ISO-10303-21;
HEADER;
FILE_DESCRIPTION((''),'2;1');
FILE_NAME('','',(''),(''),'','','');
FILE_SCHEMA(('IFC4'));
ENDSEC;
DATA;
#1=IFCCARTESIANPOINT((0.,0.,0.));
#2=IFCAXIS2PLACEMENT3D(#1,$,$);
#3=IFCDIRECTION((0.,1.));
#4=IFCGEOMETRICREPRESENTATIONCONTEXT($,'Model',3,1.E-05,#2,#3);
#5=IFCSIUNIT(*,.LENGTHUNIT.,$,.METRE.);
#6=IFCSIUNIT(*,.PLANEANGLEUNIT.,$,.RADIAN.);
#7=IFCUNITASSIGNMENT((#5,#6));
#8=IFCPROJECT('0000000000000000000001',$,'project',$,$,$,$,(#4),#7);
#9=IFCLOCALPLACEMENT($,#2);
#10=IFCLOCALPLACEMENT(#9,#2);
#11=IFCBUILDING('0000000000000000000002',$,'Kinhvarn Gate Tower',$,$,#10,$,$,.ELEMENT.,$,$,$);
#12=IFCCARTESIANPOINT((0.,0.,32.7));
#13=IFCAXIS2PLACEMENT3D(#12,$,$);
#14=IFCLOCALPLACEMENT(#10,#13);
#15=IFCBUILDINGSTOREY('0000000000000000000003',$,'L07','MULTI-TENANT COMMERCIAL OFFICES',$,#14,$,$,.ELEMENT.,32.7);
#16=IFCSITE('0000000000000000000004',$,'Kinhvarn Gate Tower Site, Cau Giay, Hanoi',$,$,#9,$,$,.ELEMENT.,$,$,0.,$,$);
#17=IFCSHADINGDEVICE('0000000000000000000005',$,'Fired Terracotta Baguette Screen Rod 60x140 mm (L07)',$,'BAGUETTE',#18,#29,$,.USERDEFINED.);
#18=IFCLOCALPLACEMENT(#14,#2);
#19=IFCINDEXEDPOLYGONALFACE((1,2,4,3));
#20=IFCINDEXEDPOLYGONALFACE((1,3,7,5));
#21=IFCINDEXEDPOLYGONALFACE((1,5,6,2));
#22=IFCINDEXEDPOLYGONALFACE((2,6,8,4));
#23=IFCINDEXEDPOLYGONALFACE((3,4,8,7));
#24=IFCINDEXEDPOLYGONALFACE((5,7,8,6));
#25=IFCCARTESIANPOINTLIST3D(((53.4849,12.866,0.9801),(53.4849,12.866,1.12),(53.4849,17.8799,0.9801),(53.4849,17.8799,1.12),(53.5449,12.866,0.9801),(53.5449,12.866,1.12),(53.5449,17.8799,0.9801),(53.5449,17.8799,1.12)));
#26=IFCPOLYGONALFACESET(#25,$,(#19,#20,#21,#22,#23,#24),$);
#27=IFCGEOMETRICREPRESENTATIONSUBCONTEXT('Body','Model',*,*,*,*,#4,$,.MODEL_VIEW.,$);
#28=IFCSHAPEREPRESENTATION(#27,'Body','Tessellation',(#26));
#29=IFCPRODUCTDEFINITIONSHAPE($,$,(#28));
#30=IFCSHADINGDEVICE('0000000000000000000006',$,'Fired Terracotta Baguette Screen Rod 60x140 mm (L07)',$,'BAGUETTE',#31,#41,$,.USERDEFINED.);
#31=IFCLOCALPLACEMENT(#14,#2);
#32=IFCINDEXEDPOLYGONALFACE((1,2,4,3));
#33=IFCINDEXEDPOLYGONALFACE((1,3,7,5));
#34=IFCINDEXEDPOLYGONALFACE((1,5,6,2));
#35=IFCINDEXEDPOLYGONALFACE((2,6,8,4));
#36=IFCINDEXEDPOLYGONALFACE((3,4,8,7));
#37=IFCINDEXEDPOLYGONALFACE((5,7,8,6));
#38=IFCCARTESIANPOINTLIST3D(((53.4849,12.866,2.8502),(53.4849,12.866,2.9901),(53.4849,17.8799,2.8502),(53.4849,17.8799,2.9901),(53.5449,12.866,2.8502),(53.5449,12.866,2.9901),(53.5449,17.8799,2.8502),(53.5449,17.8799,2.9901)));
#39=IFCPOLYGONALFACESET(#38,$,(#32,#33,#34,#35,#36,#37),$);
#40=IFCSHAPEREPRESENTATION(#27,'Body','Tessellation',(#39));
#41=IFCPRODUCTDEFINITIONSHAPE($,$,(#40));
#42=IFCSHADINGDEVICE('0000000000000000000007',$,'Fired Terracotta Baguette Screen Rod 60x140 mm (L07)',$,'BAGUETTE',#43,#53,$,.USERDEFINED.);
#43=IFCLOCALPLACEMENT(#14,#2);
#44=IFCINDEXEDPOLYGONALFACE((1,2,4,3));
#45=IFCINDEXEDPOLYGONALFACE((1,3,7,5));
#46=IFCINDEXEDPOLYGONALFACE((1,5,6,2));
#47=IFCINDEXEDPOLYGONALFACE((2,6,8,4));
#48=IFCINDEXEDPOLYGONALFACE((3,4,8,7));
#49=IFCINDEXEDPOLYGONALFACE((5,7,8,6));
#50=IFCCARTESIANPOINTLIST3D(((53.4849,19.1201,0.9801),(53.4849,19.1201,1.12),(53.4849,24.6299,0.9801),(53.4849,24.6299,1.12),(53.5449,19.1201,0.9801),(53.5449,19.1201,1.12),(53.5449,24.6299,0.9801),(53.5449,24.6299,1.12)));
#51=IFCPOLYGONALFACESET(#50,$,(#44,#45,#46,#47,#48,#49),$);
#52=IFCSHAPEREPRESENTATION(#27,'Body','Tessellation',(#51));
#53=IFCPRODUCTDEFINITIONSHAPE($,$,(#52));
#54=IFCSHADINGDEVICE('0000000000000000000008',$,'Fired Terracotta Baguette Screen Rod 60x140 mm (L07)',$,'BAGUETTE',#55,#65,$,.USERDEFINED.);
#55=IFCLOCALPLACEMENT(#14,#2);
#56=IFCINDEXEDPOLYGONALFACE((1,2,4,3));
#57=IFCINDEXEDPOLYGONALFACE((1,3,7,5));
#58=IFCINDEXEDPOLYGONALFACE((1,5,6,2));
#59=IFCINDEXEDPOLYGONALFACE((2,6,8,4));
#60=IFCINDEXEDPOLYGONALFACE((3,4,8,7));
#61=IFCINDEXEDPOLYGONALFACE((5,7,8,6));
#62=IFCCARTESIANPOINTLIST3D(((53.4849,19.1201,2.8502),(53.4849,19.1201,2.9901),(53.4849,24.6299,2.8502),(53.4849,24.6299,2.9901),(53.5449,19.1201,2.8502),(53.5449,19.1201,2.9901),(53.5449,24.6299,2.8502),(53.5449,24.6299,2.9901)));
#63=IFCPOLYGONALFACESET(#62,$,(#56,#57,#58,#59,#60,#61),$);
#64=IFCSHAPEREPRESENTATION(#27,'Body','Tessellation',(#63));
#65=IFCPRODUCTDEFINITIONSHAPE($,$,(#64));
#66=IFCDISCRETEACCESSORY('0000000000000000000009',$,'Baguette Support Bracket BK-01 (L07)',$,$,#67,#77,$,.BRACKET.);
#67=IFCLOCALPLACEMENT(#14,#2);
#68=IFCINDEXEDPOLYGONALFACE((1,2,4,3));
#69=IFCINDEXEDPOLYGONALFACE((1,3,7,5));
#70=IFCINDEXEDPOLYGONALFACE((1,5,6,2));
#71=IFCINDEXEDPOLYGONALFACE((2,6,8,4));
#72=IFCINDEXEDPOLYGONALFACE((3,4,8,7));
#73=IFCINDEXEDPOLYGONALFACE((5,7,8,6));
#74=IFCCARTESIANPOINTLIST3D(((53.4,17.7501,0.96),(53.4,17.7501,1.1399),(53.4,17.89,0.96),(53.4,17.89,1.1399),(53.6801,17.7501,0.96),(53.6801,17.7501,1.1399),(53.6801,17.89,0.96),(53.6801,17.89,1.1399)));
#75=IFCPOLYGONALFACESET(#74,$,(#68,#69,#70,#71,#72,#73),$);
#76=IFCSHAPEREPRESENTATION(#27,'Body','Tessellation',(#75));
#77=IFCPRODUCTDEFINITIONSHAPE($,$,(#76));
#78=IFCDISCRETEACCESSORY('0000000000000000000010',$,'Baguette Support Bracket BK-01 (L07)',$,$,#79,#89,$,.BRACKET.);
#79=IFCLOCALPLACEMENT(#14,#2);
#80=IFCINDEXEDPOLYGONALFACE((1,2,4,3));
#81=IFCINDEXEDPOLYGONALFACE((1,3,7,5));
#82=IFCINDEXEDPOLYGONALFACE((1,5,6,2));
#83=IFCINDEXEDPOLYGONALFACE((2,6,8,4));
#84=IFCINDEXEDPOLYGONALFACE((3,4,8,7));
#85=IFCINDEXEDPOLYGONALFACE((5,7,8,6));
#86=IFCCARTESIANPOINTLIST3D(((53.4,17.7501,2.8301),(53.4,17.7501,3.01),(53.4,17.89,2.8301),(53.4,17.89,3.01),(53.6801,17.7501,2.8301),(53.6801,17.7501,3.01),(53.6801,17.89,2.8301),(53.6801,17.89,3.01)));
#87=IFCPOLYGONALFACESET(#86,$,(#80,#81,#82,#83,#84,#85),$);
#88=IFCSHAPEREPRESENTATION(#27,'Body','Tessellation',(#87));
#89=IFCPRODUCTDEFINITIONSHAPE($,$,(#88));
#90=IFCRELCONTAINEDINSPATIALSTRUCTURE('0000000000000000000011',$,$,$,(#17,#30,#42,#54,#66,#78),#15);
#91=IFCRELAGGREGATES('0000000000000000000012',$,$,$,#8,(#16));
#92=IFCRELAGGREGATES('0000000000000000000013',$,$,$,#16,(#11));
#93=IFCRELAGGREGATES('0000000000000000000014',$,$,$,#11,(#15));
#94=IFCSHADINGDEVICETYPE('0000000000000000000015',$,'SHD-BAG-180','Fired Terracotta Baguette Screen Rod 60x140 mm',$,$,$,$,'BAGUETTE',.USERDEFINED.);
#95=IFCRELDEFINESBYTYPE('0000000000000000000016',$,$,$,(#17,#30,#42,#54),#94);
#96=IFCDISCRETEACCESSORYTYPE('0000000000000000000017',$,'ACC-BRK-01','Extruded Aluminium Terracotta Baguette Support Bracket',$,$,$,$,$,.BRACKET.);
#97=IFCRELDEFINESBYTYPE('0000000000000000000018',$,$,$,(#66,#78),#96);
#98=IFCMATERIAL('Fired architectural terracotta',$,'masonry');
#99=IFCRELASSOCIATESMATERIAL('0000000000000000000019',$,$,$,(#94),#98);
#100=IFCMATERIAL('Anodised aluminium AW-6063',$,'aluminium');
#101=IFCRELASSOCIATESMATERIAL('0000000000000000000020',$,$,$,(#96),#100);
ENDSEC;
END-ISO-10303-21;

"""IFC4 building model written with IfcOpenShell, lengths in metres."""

from ifc_helpers import new_model, si_unit, direction, frame, origin, origin_2d, place, context, subcontext, project, spatial, rectangle, extrude, material, material_profile, profile_set, type_object, element, save


model = new_model("IFC4")

# Units and contexts
model_context = context("Model", 3, precision=1e-05, world=origin(), true_north=direction((0.0, 1.0)))
body_context = subcontext(model_context, "Body", "Model", "MODEL_VIEW")
ifc_project = project(units=[si_unit("LENGTHUNIT", "METRE"), si_unit("PLANEANGLEUNIT", "RADIAN")], contexts=[model_context])

# Site, building, storey
site_placement = place(None, origin())
site = spatial("IfcSite", under=ifc_project, at=site_placement, Name="Kinhvarn Gate Tower Site, Cau Giay, Hanoi", CompositionType="ELEMENT", RefElevation=0.0)
building_placement = place(site_placement, origin())
building = spatial("IfcBuilding", under=site, at=building_placement, Name="Kinhvarn Gate Tower", CompositionType="ELEMENT")
storey_placement = place(building_placement, frame((0.0, 0.0, 32.7)))
storey = spatial("IfcBuildingStorey", under=building, at=storey_placement, Name="L07", Description="MULTI-TENANT COMMERCIAL OFFICES", CompositionType="ELEMENT", Elevation=32.7)

# Shared definitions
ifc_material_1 = material(Name="Anodised aluminium AW-6063", Category="aluminium")

# Shared definitions
ifc_material_2 = material(Name="Fired architectural terracotta", Category="masonry")

# Shading devices
ifc_material_profile_1 = material_profile(ifc_material_2, rectangle(XDim=0.0601, YDim=0.1399, at=origin_2d()), Name="TC 60x140")
ifc_profile_set_1 = profile_set([ifc_material_profile_1], Name="Fired architectural terracotta")
shading_device_type = type_object("IfcShadingDeviceType", Name="SHD-BAG-180", Description="Fired Terracotta Baguette Screen Rod 60x140 mm", ElementType="BAGUETTE", PredefinedType="USERDEFINED", material=ifc_profile_set_1)
for number, where, z_axis, x_axis, name in (
    (1, (53.5149, 12.866, 1.05), (0.0, 1.0, 0.0), (-1.0, 0.0, 0.0), "Fired Terracotta Baguette Screen Rod 60x140 mm (L07)"),
    (2, (53.5149, 12.866, 2.9202), (0.0, 1.0, 0.0), (-1.0, 0.0, 0.0), "Fired Terracotta Baguette Screen Rod 60x140 mm (L07)"),
):
    element("IfcShadingDevice", number, at=place(storey_placement, frame(where, z_axis=z_axis, x_axis=x_axis)), inside=storey, type_object=shading_device_type, Name=name, ObjectType="BAGUETTE", PredefinedType="USERDEFINED", context=body_context, shape_type="SweptSolid", body=[
        extrude(rectangle(XDim=0.0601, YDim=0.1399, at=origin_2d()), origin(), (0.0, 0.0, 1.0), 5.0139),
    ])
for number, where, z_axis, x_axis, name in (
    (3, (53.5149, 19.1201, 1.05), (0.0, 1.0, 0.0), (-1.0, 0.0, 0.0), "Fired Terracotta Baguette Screen Rod 60x140 mm (L07)"),
    (4, (53.5149, 19.1201, 2.9202), (0.0, 1.0, 0.0), (-1.0, 0.0, 0.0), "Fired Terracotta Baguette Screen Rod 60x140 mm (L07)"),
):
    element("IfcShadingDevice", number, at=place(storey_placement, frame(where, z_axis=z_axis, x_axis=x_axis)), inside=storey, type_object=shading_device_type, Name=name, ObjectType="BAGUETTE", PredefinedType="USERDEFINED", context=body_context, shape_type="SweptSolid", body=[
        extrude(rectangle(XDim=0.0601, YDim=0.1399, at=origin_2d()), origin(), (0.0, 0.0, 1.0), 5.5098),
    ])

# Discrete accessories
discrete_accessory_type = type_object("IfcDiscreteAccessoryType", Name="ACC-BRK-01", Description="Extruded Aluminium Terracotta Baguette Support Bracket", PredefinedType="BRACKET", material=ifc_material_1)
for number, where, z_axis, x_axis, name in (
    (5, (53.54, 17.8201, 0.96), (0.0, 0.0, 1.0), (0.0, 1.0, 0.0), "Baguette Support Bracket BK-01 (L07)"),
    (6, (53.54, 17.8201, 2.8301), (0.0, 0.0, 1.0), (0.0, 1.0, 0.0), "Baguette Support Bracket BK-01 (L07)"),
):
    element("IfcDiscreteAccessory", number, at=place(storey_placement, frame(where, z_axis=z_axis, x_axis=x_axis)), inside=storey, type_object=discrete_accessory_type, Name=name, PredefinedType="BRACKET", context=body_context, shape_type="SweptSolid", body=[
        extrude(rectangle(XDim=0.1399, YDim=0.28, at=origin_2d()), origin(), (0.0, 0.0, 1.0), 0.1799),
    ])

save(model, "model.ifc")
